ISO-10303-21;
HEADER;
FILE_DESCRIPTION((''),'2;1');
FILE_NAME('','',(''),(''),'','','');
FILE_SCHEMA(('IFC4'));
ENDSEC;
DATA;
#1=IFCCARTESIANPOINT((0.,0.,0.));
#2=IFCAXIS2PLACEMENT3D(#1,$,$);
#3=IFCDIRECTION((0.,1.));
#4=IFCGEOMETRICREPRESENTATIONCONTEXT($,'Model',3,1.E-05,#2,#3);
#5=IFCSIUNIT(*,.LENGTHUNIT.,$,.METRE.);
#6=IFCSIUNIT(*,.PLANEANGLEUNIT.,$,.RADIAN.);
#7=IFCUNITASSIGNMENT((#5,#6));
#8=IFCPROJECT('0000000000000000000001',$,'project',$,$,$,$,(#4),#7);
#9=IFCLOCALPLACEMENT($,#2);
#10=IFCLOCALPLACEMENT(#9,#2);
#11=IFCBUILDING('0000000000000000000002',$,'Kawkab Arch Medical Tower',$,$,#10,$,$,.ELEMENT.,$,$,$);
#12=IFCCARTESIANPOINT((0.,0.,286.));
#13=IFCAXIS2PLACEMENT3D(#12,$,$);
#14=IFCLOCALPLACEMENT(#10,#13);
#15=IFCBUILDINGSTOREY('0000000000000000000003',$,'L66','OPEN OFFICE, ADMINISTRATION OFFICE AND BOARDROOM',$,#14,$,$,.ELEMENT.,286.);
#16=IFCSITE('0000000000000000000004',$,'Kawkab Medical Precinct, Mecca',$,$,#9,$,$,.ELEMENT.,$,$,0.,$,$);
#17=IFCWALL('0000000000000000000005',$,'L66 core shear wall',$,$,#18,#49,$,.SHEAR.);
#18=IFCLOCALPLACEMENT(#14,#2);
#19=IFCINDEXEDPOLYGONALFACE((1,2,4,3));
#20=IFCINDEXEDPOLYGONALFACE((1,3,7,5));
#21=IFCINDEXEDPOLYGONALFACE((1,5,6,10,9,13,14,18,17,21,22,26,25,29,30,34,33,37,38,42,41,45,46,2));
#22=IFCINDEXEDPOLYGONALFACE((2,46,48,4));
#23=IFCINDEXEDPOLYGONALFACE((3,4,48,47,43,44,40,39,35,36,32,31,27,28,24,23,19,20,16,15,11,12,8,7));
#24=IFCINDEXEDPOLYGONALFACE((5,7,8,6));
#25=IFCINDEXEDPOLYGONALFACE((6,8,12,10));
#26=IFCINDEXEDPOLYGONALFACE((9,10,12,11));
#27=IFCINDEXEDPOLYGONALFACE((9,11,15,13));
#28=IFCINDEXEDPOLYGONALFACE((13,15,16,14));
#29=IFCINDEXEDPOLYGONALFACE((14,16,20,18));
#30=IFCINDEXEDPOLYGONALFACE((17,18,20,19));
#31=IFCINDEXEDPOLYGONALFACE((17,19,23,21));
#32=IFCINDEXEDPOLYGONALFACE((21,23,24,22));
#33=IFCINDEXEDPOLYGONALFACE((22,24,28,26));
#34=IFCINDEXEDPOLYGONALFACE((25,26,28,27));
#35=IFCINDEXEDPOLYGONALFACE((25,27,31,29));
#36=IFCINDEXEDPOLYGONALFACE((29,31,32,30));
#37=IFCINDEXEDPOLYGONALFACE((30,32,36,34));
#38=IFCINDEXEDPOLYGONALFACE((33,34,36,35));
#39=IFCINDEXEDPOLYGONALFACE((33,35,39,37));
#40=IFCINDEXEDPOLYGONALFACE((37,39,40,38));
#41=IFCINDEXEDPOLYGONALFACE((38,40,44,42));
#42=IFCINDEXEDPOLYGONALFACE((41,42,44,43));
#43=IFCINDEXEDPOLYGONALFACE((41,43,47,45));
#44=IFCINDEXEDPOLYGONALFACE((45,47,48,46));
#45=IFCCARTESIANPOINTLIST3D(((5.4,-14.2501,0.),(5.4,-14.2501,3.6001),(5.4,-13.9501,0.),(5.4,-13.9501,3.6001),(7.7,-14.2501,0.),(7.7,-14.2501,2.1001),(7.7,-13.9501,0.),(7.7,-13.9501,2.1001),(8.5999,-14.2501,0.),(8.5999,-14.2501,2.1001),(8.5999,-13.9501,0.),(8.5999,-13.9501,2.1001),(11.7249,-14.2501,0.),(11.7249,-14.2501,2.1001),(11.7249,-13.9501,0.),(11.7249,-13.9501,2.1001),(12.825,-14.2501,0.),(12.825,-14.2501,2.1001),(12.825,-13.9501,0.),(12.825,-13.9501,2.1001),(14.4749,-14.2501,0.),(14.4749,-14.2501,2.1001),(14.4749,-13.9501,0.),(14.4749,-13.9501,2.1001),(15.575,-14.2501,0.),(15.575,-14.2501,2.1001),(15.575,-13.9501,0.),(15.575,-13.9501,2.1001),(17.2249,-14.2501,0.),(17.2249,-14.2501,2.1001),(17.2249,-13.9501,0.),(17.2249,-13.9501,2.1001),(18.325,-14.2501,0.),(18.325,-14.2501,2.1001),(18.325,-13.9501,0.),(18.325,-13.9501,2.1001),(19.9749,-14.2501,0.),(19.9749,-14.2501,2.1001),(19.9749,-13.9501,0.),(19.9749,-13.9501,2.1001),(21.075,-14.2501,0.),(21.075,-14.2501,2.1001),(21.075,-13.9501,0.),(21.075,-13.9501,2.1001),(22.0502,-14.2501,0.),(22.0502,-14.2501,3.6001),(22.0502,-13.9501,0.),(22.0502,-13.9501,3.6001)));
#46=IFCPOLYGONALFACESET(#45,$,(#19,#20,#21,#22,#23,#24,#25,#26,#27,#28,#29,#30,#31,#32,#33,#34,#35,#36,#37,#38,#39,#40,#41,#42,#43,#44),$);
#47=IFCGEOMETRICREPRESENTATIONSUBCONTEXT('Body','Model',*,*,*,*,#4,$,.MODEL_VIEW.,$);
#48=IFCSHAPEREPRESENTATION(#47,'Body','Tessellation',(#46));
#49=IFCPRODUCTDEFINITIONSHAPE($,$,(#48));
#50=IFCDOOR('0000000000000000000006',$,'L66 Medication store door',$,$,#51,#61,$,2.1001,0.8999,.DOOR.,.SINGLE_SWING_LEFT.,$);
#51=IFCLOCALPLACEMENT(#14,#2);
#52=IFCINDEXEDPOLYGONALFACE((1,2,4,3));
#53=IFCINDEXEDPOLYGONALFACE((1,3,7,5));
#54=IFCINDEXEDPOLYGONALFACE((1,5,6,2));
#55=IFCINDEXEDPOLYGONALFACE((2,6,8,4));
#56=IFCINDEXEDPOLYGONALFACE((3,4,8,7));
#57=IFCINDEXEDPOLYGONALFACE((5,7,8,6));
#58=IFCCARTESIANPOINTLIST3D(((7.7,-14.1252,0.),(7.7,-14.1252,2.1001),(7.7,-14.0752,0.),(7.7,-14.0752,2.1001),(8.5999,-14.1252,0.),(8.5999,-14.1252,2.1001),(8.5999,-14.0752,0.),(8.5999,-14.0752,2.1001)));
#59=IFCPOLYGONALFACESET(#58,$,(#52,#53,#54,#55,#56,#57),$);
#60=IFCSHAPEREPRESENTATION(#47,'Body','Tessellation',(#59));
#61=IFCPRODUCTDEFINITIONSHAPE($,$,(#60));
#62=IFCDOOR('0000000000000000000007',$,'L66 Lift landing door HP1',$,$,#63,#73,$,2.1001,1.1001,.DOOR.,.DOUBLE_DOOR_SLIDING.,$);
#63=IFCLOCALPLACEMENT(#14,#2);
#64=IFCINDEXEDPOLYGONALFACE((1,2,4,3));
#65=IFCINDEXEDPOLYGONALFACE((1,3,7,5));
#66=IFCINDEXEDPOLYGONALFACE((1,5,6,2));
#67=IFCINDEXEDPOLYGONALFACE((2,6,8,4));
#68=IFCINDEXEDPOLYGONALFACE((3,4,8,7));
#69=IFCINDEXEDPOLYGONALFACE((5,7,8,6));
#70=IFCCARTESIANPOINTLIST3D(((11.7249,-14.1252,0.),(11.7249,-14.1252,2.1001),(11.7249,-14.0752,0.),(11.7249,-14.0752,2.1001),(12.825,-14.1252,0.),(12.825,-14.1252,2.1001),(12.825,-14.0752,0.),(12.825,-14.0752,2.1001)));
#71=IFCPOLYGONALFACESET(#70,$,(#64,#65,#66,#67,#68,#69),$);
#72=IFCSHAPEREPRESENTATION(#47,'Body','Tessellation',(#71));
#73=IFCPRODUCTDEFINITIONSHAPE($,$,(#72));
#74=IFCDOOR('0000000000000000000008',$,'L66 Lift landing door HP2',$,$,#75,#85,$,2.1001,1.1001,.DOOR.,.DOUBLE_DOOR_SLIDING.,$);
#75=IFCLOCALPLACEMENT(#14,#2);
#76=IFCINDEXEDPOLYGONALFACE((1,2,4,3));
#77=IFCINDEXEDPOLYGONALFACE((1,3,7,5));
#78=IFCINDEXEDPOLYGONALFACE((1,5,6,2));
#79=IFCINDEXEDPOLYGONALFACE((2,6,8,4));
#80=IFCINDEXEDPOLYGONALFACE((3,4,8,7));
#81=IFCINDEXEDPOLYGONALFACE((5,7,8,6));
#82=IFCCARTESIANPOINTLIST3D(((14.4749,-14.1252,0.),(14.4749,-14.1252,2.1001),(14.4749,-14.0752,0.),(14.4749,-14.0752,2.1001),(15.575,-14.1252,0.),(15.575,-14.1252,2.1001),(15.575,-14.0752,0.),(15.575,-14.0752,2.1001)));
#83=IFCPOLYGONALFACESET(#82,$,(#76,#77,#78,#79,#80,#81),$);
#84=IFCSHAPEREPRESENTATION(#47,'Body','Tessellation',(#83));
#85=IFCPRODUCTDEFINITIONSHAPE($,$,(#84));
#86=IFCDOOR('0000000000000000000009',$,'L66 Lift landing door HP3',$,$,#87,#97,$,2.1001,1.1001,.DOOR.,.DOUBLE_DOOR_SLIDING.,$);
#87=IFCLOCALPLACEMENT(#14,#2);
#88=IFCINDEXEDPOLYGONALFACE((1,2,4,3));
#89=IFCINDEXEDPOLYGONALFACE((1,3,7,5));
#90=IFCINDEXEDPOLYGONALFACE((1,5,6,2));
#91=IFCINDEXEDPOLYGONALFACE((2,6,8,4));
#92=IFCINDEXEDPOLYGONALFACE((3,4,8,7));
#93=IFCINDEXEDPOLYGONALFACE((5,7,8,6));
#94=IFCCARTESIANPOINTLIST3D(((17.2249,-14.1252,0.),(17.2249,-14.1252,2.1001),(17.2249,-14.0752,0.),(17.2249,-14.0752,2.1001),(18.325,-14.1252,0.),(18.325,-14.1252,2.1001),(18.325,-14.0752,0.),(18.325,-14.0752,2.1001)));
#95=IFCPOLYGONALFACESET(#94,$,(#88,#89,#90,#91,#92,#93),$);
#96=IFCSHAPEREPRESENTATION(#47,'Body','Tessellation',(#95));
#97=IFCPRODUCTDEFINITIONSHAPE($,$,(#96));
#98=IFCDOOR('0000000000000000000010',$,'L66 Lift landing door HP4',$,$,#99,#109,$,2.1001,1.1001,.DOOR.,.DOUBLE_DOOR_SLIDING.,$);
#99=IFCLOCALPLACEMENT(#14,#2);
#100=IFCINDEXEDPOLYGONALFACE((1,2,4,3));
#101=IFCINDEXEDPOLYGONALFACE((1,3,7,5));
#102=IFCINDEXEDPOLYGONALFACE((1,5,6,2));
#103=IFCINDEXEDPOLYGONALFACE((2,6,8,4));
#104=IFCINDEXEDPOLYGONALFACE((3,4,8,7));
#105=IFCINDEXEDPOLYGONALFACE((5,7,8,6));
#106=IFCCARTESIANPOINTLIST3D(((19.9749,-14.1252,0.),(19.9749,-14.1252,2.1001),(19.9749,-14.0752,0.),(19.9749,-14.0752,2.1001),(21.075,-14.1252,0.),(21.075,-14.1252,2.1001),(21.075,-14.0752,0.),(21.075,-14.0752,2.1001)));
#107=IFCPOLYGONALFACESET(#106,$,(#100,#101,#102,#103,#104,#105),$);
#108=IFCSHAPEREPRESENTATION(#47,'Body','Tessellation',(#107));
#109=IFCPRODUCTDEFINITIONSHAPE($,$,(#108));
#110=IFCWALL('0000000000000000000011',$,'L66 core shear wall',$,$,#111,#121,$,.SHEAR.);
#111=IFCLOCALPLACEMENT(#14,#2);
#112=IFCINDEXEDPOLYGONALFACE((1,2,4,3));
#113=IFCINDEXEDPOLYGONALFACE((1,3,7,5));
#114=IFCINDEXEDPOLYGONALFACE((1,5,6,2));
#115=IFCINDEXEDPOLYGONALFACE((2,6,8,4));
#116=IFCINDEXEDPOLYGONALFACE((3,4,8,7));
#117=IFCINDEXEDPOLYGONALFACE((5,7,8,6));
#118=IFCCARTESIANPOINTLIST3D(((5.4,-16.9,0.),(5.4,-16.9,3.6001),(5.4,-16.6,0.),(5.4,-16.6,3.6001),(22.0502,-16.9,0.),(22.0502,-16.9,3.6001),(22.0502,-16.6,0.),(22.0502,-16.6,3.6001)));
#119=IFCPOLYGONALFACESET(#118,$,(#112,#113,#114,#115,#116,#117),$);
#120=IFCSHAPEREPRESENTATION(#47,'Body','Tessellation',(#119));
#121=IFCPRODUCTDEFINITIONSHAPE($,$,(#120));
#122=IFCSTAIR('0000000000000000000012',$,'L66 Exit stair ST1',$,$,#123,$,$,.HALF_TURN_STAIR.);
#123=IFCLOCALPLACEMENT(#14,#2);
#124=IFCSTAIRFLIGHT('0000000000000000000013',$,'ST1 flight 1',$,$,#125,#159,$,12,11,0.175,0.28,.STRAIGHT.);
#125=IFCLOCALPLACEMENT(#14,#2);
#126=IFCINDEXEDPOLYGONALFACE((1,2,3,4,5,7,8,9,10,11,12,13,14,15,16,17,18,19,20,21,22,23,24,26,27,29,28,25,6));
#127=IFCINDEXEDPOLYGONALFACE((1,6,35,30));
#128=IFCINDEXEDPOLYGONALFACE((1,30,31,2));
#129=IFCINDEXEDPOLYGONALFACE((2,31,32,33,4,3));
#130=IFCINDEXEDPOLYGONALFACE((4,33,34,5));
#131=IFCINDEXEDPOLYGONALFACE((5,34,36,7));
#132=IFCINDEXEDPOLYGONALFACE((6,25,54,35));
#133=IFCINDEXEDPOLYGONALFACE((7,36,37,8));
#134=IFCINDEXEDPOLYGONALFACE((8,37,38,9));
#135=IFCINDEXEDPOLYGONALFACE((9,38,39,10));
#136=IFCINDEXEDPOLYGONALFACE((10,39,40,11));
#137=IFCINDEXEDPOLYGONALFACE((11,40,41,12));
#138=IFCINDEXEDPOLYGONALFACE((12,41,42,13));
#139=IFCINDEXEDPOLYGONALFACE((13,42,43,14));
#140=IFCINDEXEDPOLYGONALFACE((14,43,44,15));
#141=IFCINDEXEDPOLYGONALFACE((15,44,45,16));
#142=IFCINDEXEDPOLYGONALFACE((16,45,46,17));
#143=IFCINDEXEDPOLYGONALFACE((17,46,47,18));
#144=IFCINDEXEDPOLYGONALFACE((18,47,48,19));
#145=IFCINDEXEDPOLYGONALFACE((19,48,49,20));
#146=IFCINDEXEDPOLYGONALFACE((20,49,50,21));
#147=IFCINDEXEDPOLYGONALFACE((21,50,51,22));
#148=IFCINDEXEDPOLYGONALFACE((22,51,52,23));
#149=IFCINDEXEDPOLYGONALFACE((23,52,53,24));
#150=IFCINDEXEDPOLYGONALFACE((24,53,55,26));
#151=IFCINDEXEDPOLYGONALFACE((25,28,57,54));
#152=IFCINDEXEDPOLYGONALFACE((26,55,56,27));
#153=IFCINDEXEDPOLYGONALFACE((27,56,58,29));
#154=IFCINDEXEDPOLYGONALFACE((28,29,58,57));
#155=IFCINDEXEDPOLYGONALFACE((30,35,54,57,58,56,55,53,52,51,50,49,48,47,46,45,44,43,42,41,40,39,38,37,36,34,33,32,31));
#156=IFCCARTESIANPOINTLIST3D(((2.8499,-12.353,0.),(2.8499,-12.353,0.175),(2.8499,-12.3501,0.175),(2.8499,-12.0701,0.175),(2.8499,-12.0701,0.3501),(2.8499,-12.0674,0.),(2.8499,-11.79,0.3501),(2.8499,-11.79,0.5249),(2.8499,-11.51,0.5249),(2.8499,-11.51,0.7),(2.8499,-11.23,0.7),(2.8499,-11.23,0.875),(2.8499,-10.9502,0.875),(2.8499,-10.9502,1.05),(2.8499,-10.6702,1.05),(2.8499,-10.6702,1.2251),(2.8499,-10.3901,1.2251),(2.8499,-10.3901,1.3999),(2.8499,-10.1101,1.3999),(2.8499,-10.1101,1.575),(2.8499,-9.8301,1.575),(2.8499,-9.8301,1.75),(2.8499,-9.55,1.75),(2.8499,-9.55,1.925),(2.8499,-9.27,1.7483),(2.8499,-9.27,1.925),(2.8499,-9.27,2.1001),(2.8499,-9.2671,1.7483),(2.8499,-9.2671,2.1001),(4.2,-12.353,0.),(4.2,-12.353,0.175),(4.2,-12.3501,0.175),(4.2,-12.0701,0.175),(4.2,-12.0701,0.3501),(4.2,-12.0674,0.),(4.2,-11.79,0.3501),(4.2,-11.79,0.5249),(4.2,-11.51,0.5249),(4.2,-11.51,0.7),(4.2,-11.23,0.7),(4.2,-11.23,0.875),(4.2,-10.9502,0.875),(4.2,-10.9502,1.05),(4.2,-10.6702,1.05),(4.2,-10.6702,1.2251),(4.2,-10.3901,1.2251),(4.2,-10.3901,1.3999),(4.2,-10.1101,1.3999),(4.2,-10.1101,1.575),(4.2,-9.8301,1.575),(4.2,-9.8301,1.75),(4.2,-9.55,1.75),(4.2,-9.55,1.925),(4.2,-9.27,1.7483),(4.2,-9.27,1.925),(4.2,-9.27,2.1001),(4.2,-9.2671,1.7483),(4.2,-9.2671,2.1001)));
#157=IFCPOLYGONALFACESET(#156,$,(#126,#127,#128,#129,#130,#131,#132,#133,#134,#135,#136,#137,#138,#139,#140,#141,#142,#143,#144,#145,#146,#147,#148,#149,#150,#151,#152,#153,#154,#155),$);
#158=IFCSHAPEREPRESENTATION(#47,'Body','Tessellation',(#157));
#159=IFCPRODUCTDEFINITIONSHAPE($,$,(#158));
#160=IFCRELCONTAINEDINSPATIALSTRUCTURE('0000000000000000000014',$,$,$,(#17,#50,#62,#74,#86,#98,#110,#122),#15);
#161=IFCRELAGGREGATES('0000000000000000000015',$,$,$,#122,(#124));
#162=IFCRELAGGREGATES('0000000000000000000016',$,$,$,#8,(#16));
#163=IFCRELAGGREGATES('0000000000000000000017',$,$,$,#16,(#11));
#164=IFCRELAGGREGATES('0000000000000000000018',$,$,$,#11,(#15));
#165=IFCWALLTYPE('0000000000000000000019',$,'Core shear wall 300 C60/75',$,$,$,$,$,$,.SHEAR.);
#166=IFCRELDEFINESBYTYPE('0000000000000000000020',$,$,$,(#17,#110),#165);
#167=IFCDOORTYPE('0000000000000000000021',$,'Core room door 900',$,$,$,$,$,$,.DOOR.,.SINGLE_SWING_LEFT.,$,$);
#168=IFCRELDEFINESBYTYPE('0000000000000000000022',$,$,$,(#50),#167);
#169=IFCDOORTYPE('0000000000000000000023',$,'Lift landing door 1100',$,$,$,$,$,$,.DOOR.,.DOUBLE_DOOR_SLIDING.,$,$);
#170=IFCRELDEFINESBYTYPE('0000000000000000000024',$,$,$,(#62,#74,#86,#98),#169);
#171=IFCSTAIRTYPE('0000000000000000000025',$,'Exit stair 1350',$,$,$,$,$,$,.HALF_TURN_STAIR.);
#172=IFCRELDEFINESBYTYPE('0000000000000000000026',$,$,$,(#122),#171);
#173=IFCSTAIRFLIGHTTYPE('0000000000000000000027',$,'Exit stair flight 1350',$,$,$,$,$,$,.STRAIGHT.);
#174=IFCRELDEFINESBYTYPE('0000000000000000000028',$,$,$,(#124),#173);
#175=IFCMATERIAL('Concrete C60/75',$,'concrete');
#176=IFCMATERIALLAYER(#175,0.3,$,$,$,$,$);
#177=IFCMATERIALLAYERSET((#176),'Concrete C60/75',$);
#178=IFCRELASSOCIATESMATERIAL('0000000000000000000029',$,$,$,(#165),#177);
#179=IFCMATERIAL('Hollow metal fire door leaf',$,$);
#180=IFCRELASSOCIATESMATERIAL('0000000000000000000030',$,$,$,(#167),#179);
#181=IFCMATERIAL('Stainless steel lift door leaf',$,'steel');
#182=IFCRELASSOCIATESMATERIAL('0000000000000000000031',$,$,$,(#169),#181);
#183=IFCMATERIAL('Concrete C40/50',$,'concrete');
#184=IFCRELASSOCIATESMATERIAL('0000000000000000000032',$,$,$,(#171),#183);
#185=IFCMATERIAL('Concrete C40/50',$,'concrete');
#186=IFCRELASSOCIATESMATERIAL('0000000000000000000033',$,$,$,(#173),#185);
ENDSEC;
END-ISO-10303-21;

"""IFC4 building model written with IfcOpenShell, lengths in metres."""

from ifc_helpers import new_model, si_unit, direction, frame, frame_2d, origin, place, context, subcontext, project, spatial, polyline, rectangle, outline, extrude, material, layer, layer_set, type_object, element, fill, aggregate, save


model = new_model("IFC4")

# Units and contexts
model_context = context("Model", 3, precision=1e-05, world=origin(), true_north=direction((0.0, 1.0)))
body_context = subcontext(model_context, "Body", "Model", "MODEL_VIEW")
ifc_project = project(units=[si_unit("LENGTHUNIT", "METRE"), si_unit("PLANEANGLEUNIT", "RADIAN")], contexts=[model_context])

# Site, building, storey
site_placement = place(None, origin())
site = spatial("IfcSite", under=ifc_project, at=site_placement, Name="Kawkab Medical Precinct, Mecca", CompositionType="ELEMENT", RefElevation=0.0)
building_placement = place(site_placement, origin())
building = spatial("IfcBuilding", under=site, at=building_placement, Name="Kawkab Arch Medical Tower", CompositionType="ELEMENT")
storey_placement = place(building_placement, frame((0.0, 0.0, 286.0)))
storey = spatial("IfcBuildingStorey", under=building, at=storey_placement, Name="L66", Description="OPEN OFFICE, ADMINISTRATION OFFICE AND BOARDROOM", CompositionType="ELEMENT", Elevation=286.0)

# Shared definitions
ifc_material_1 = material(Name="Concrete C60/75", Category="concrete")
ifc_layer_1 = layer(ifc_material_1, 0.3)
ifc_layer_set_1 = layer_set([ifc_layer_1], Name="Concrete C60/75")
wall_type_1 = type_object("IfcWallType", Name="Core shear wall 300 C60/75", PredefinedType="SHEAR", material=ifc_layer_set_1)

# Wall, openings, doors
ifc_material_2 = material(Name="Hollow metal fire door leaf")
door_type_1 = type_object("IfcDoorType", Name="Core room door 900", OperationType="SINGLE_SWING_LEFT", PredefinedType="DOOR", material=ifc_material_2)
wall_1_placement = place(storey_placement, frame((5.3999, -14.1001, 0.0), z_axis=(0.0, 0.0, 1.0), x_axis=(1.0, 0.0, 0.0)))
wall_1 = element("IfcWall", 1, at=wall_1_placement, inside=storey, type_object=wall_type_1, Name="L66 core shear wall", PredefinedType="SHEAR", context=body_context, shape_type="SweptSolid", body=[
    extrude(rectangle(XDim=16.6501, YDim=0.3, at=frame_2d((8.3252, 0.0))), origin(), (0.0, 0.0, 1.0), 3.6001),
])
opening_1_placement = place(wall_1_placement, frame((6.325, 0.0, 0.0)))
opening_1 = element("IfcOpeningElement", 2, at=opening_1_placement, cuts=wall_1, PredefinedType="OPENING", context=body_context, shape_type="SweptSolid", body=[
    extrude(rectangle(XDim=1.1001, YDim=2.1001, at=frame_2d((0.55, 1.05))), frame((0.0, 0.1599, 0.0), z_axis=(0.0, -1.0, 0.0), x_axis=(1.0, 0.0, 0.0)), (0.0, 0.0, 1.0), 0.3201),
])
opening_2_placement = place(wall_1_placement, frame((9.075, 0.0, 0.0)))
opening_2 = element("IfcOpeningElement", 3, at=opening_2_placement, cuts=wall_1, PredefinedType="OPENING", context=body_context, shape_type="SweptSolid", body=[
    extrude(rectangle(XDim=1.1001, YDim=2.1001, at=frame_2d((0.55, 1.05))), frame((0.0, 0.1599, 0.0), z_axis=(0.0, -1.0, 0.0), x_axis=(1.0, 0.0, 0.0)), (0.0, 0.0, 1.0), 0.3201),
])
opening_3_placement = place(wall_1_placement, frame((11.825, 0.0, 0.0)))
opening_3 = element("IfcOpeningElement", 4, at=opening_3_placement, cuts=wall_1, PredefinedType="OPENING", context=body_context, shape_type="SweptSolid", body=[
    extrude(rectangle(XDim=1.1001, YDim=2.1001, at=frame_2d((0.55, 1.05))), frame((0.0, 0.1599, 0.0), z_axis=(0.0, -1.0, 0.0), x_axis=(1.0, 0.0, 0.0)), (0.0, 0.0, 1.0), 0.3201),
])
opening_4_placement = place(wall_1_placement, frame((14.575, 0.0, 0.0)))
opening_4 = element("IfcOpeningElement", 5, at=opening_4_placement, cuts=wall_1, PredefinedType="OPENING", context=body_context, shape_type="SweptSolid", body=[
    extrude(rectangle(XDim=1.1001, YDim=2.1001, at=frame_2d((0.55, 1.05))), frame((0.0, 0.1599, 0.0), z_axis=(0.0, -1.0, 0.0), x_axis=(1.0, 0.0, 0.0)), (0.0, 0.0, 1.0), 0.3201),
])
opening_5_placement = place(wall_1_placement, frame((2.3, 0.0, 0.0)))
opening_5 = element("IfcOpeningElement", 6, at=opening_5_placement, cuts=wall_1, PredefinedType="OPENING", context=body_context, shape_type="SweptSolid", body=[
    extrude(rectangle(XDim=0.8999, YDim=2.1001, at=frame_2d((0.45, 1.05))), frame((0.0, 0.1599, 0.0), z_axis=(0.0, -1.0, 0.0), x_axis=(1.0, 0.0, 0.0)), (0.0, 0.0, 1.0), 0.3201),
])
door_1_placement = place(opening_5_placement, origin())
door_1 = element("IfcDoor", 7, at=door_1_placement, inside=storey, type_object=door_type_1, Name="L66 Medication store door", OperationType="SINGLE_SWING_LEFT", OverallHeight=2.1001, OverallWidth=0.8999, PredefinedType="DOOR", context=body_context, shape_type="SweptSolid", body=[
    extrude(rectangle(XDim=0.8999, YDim=2.1001, at=frame_2d((0.45, 1.05))), frame((0.0, 0.0249, 0.0), z_axis=(0.0, -1.0, 0.0), x_axis=(1.0, 0.0, 0.0)), (0.0, 0.0, 1.0), 0.05),
])
fill(opening_5, door_1)
ifc_material_3 = material(Name="Stainless steel lift door leaf", Category="steel")
door_type_2 = type_object("IfcDoorType", Name="Lift landing door 1100", OperationType="DOUBLE_DOOR_SLIDING", PredefinedType="DOOR", material=ifc_material_3)
door_2_placement = place(opening_1_placement, origin())
door_2 = element("IfcDoor", 8, at=door_2_placement, inside=storey, type_object=door_type_2, Name="L66 Lift landing door HP1", OperationType="DOUBLE_DOOR_SLIDING", OverallHeight=2.1001, OverallWidth=1.1001, PredefinedType="DOOR", context=body_context, shape_type="SweptSolid", body=[
    extrude(rectangle(XDim=1.1001, YDim=2.1001, at=frame_2d((0.55, 1.05))), frame((0.0, 0.0249, 0.0), z_axis=(0.0, -1.0, 0.0), x_axis=(1.0, 0.0, 0.0)), (0.0, 0.0, 1.0), 0.05),
])
fill(opening_1, door_2)
door_3_placement = place(opening_2_placement, origin())
door_3 = element("IfcDoor", 9, at=door_3_placement, inside=storey, type_object=door_type_2, Name="L66 Lift landing door HP2", OperationType="DOUBLE_DOOR_SLIDING", OverallHeight=2.1001, OverallWidth=1.1001, PredefinedType="DOOR", context=body_context, shape_type="SweptSolid", body=[
    extrude(rectangle(XDim=1.1001, YDim=2.1001, at=frame_2d((0.55, 1.05))), frame((0.0, 0.0249, 0.0), z_axis=(0.0, -1.0, 0.0), x_axis=(1.0, 0.0, 0.0)), (0.0, 0.0, 1.0), 0.05),
])
fill(opening_2, door_3)
door_4_placement = place(opening_3_placement, origin())
door_4 = element("IfcDoor", 10, at=door_4_placement, inside=storey, type_object=door_type_2, Name="L66 Lift landing door HP3", OperationType="DOUBLE_DOOR_SLIDING", OverallHeight=2.1001, OverallWidth=1.1001, PredefinedType="DOOR", context=body_context, shape_type="SweptSolid", body=[
    extrude(rectangle(XDim=1.1001, YDim=2.1001, at=frame_2d((0.55, 1.05))), frame((0.0, 0.0249, 0.0), z_axis=(0.0, -1.0, 0.0), x_axis=(1.0, 0.0, 0.0)), (0.0, 0.0, 1.0), 0.05),
])
fill(opening_3, door_4)
door_5_placement = place(opening_4_placement, origin())
door_5 = element("IfcDoor", 11, at=door_5_placement, inside=storey, type_object=door_type_2, Name="L66 Lift landing door HP4", OperationType="DOUBLE_DOOR_SLIDING", OverallHeight=2.1001, OverallWidth=1.1001, PredefinedType="DOOR", context=body_context, shape_type="SweptSolid", body=[
    extrude(rectangle(XDim=1.1001, YDim=2.1001, at=frame_2d((0.55, 1.05))), frame((0.0, 0.0249, 0.0), z_axis=(0.0, -1.0, 0.0), x_axis=(1.0, 0.0, 0.0)), (0.0, 0.0, 1.0), 0.05),
])
fill(opening_4, door_5)

# Wall
wall_2_placement = place(storey_placement, frame((5.3999, -16.75, 0.0), z_axis=(0.0, 0.0, 1.0), x_axis=(1.0, 0.0, 0.0)))
element("IfcWall", 12, at=wall_2_placement, inside=storey, type_object=wall_type_1, Name="L66 core shear wall", PredefinedType="SHEAR", context=body_context, shape_type="SweptSolid", body=[
    extrude(rectangle(XDim=16.6501, YDim=0.3, at=frame_2d((8.3252, 0.0))), origin(), (0.0, 0.0, 1.0), 3.6001),
])

# Stair, stair flight
ifc_material_4 = material(Name="Concrete C40/50", Category="concrete")
stair_type = type_object("IfcStairType", Name="Exit stair 1350", PredefinedType="HALF_TURN_STAIR", material=ifc_material_4)
stair_placement = place(storey_placement, origin())
stair = element("IfcStair", 13, at=stair_placement, inside=storey, type_object=stair_type, Name="L66 Exit stair ST1", PredefinedType="HALF_TURN_STAIR")
ifc_material_5 = material(Name="Concrete C40/50", Category="concrete")
stair_flight_type = type_object("IfcStairFlightType", Name="Exit stair flight 1350", PredefinedType="STRAIGHT", material=ifc_material_5)
stair_flight_placement = place(storey_placement, frame((3.5249, -12.3501, 0.0), z_axis=(0.0, 0.0, 1.0), x_axis=(0.0, 1.0, 0.0)))
stair_flight = element("IfcStairFlight", 14, at=stair_flight_placement, type_object=stair_flight_type, Name="ST1 flight 1", NumberOfRisers=12, NumberOfTreads=11, PredefinedType="STRAIGHT", RiserHeight=0.175, TreadLength=0.28, context=body_context, shape_type="SweptSolid", body=[
    extrude(outline(polyline([(-0.0029, 0.0), (-0.0029, 0.175), (0.0, 0.175), (0.28, 0.175), (0.28, 0.3501), (0.5601, 0.3501), (0.5601, 0.5249), (0.8401, 0.5249), (0.8401, 0.7), (1.1201, 0.7), (1.1201, 0.875), (1.3999, 0.875), (1.3999, 1.05), (1.6799, 1.05), (1.6799, 1.2251), (1.96, 1.2251), (1.96, 1.3999), (2.24, 1.3999), (2.24, 1.575), (2.52, 1.575), (2.52, 1.75), (2.8, 1.75), (2.8, 1.925), (3.0801, 1.925), (3.0801, 2.1001), (3.083, 2.1001), (3.083, 1.7483), (3.0801, 1.7483), (0.2827, 0.0), (-0.0029, 0.0)])), frame((0.0, 0.675, 0.0), z_axis=(0.0, -1.0, 0.0), x_axis=(1.0, 0.0, 0.0)), (0.0, 0.0, 1.0), 1.3501),
])
aggregate(stair, [stair_flight])

save(model, "model.ifc")
